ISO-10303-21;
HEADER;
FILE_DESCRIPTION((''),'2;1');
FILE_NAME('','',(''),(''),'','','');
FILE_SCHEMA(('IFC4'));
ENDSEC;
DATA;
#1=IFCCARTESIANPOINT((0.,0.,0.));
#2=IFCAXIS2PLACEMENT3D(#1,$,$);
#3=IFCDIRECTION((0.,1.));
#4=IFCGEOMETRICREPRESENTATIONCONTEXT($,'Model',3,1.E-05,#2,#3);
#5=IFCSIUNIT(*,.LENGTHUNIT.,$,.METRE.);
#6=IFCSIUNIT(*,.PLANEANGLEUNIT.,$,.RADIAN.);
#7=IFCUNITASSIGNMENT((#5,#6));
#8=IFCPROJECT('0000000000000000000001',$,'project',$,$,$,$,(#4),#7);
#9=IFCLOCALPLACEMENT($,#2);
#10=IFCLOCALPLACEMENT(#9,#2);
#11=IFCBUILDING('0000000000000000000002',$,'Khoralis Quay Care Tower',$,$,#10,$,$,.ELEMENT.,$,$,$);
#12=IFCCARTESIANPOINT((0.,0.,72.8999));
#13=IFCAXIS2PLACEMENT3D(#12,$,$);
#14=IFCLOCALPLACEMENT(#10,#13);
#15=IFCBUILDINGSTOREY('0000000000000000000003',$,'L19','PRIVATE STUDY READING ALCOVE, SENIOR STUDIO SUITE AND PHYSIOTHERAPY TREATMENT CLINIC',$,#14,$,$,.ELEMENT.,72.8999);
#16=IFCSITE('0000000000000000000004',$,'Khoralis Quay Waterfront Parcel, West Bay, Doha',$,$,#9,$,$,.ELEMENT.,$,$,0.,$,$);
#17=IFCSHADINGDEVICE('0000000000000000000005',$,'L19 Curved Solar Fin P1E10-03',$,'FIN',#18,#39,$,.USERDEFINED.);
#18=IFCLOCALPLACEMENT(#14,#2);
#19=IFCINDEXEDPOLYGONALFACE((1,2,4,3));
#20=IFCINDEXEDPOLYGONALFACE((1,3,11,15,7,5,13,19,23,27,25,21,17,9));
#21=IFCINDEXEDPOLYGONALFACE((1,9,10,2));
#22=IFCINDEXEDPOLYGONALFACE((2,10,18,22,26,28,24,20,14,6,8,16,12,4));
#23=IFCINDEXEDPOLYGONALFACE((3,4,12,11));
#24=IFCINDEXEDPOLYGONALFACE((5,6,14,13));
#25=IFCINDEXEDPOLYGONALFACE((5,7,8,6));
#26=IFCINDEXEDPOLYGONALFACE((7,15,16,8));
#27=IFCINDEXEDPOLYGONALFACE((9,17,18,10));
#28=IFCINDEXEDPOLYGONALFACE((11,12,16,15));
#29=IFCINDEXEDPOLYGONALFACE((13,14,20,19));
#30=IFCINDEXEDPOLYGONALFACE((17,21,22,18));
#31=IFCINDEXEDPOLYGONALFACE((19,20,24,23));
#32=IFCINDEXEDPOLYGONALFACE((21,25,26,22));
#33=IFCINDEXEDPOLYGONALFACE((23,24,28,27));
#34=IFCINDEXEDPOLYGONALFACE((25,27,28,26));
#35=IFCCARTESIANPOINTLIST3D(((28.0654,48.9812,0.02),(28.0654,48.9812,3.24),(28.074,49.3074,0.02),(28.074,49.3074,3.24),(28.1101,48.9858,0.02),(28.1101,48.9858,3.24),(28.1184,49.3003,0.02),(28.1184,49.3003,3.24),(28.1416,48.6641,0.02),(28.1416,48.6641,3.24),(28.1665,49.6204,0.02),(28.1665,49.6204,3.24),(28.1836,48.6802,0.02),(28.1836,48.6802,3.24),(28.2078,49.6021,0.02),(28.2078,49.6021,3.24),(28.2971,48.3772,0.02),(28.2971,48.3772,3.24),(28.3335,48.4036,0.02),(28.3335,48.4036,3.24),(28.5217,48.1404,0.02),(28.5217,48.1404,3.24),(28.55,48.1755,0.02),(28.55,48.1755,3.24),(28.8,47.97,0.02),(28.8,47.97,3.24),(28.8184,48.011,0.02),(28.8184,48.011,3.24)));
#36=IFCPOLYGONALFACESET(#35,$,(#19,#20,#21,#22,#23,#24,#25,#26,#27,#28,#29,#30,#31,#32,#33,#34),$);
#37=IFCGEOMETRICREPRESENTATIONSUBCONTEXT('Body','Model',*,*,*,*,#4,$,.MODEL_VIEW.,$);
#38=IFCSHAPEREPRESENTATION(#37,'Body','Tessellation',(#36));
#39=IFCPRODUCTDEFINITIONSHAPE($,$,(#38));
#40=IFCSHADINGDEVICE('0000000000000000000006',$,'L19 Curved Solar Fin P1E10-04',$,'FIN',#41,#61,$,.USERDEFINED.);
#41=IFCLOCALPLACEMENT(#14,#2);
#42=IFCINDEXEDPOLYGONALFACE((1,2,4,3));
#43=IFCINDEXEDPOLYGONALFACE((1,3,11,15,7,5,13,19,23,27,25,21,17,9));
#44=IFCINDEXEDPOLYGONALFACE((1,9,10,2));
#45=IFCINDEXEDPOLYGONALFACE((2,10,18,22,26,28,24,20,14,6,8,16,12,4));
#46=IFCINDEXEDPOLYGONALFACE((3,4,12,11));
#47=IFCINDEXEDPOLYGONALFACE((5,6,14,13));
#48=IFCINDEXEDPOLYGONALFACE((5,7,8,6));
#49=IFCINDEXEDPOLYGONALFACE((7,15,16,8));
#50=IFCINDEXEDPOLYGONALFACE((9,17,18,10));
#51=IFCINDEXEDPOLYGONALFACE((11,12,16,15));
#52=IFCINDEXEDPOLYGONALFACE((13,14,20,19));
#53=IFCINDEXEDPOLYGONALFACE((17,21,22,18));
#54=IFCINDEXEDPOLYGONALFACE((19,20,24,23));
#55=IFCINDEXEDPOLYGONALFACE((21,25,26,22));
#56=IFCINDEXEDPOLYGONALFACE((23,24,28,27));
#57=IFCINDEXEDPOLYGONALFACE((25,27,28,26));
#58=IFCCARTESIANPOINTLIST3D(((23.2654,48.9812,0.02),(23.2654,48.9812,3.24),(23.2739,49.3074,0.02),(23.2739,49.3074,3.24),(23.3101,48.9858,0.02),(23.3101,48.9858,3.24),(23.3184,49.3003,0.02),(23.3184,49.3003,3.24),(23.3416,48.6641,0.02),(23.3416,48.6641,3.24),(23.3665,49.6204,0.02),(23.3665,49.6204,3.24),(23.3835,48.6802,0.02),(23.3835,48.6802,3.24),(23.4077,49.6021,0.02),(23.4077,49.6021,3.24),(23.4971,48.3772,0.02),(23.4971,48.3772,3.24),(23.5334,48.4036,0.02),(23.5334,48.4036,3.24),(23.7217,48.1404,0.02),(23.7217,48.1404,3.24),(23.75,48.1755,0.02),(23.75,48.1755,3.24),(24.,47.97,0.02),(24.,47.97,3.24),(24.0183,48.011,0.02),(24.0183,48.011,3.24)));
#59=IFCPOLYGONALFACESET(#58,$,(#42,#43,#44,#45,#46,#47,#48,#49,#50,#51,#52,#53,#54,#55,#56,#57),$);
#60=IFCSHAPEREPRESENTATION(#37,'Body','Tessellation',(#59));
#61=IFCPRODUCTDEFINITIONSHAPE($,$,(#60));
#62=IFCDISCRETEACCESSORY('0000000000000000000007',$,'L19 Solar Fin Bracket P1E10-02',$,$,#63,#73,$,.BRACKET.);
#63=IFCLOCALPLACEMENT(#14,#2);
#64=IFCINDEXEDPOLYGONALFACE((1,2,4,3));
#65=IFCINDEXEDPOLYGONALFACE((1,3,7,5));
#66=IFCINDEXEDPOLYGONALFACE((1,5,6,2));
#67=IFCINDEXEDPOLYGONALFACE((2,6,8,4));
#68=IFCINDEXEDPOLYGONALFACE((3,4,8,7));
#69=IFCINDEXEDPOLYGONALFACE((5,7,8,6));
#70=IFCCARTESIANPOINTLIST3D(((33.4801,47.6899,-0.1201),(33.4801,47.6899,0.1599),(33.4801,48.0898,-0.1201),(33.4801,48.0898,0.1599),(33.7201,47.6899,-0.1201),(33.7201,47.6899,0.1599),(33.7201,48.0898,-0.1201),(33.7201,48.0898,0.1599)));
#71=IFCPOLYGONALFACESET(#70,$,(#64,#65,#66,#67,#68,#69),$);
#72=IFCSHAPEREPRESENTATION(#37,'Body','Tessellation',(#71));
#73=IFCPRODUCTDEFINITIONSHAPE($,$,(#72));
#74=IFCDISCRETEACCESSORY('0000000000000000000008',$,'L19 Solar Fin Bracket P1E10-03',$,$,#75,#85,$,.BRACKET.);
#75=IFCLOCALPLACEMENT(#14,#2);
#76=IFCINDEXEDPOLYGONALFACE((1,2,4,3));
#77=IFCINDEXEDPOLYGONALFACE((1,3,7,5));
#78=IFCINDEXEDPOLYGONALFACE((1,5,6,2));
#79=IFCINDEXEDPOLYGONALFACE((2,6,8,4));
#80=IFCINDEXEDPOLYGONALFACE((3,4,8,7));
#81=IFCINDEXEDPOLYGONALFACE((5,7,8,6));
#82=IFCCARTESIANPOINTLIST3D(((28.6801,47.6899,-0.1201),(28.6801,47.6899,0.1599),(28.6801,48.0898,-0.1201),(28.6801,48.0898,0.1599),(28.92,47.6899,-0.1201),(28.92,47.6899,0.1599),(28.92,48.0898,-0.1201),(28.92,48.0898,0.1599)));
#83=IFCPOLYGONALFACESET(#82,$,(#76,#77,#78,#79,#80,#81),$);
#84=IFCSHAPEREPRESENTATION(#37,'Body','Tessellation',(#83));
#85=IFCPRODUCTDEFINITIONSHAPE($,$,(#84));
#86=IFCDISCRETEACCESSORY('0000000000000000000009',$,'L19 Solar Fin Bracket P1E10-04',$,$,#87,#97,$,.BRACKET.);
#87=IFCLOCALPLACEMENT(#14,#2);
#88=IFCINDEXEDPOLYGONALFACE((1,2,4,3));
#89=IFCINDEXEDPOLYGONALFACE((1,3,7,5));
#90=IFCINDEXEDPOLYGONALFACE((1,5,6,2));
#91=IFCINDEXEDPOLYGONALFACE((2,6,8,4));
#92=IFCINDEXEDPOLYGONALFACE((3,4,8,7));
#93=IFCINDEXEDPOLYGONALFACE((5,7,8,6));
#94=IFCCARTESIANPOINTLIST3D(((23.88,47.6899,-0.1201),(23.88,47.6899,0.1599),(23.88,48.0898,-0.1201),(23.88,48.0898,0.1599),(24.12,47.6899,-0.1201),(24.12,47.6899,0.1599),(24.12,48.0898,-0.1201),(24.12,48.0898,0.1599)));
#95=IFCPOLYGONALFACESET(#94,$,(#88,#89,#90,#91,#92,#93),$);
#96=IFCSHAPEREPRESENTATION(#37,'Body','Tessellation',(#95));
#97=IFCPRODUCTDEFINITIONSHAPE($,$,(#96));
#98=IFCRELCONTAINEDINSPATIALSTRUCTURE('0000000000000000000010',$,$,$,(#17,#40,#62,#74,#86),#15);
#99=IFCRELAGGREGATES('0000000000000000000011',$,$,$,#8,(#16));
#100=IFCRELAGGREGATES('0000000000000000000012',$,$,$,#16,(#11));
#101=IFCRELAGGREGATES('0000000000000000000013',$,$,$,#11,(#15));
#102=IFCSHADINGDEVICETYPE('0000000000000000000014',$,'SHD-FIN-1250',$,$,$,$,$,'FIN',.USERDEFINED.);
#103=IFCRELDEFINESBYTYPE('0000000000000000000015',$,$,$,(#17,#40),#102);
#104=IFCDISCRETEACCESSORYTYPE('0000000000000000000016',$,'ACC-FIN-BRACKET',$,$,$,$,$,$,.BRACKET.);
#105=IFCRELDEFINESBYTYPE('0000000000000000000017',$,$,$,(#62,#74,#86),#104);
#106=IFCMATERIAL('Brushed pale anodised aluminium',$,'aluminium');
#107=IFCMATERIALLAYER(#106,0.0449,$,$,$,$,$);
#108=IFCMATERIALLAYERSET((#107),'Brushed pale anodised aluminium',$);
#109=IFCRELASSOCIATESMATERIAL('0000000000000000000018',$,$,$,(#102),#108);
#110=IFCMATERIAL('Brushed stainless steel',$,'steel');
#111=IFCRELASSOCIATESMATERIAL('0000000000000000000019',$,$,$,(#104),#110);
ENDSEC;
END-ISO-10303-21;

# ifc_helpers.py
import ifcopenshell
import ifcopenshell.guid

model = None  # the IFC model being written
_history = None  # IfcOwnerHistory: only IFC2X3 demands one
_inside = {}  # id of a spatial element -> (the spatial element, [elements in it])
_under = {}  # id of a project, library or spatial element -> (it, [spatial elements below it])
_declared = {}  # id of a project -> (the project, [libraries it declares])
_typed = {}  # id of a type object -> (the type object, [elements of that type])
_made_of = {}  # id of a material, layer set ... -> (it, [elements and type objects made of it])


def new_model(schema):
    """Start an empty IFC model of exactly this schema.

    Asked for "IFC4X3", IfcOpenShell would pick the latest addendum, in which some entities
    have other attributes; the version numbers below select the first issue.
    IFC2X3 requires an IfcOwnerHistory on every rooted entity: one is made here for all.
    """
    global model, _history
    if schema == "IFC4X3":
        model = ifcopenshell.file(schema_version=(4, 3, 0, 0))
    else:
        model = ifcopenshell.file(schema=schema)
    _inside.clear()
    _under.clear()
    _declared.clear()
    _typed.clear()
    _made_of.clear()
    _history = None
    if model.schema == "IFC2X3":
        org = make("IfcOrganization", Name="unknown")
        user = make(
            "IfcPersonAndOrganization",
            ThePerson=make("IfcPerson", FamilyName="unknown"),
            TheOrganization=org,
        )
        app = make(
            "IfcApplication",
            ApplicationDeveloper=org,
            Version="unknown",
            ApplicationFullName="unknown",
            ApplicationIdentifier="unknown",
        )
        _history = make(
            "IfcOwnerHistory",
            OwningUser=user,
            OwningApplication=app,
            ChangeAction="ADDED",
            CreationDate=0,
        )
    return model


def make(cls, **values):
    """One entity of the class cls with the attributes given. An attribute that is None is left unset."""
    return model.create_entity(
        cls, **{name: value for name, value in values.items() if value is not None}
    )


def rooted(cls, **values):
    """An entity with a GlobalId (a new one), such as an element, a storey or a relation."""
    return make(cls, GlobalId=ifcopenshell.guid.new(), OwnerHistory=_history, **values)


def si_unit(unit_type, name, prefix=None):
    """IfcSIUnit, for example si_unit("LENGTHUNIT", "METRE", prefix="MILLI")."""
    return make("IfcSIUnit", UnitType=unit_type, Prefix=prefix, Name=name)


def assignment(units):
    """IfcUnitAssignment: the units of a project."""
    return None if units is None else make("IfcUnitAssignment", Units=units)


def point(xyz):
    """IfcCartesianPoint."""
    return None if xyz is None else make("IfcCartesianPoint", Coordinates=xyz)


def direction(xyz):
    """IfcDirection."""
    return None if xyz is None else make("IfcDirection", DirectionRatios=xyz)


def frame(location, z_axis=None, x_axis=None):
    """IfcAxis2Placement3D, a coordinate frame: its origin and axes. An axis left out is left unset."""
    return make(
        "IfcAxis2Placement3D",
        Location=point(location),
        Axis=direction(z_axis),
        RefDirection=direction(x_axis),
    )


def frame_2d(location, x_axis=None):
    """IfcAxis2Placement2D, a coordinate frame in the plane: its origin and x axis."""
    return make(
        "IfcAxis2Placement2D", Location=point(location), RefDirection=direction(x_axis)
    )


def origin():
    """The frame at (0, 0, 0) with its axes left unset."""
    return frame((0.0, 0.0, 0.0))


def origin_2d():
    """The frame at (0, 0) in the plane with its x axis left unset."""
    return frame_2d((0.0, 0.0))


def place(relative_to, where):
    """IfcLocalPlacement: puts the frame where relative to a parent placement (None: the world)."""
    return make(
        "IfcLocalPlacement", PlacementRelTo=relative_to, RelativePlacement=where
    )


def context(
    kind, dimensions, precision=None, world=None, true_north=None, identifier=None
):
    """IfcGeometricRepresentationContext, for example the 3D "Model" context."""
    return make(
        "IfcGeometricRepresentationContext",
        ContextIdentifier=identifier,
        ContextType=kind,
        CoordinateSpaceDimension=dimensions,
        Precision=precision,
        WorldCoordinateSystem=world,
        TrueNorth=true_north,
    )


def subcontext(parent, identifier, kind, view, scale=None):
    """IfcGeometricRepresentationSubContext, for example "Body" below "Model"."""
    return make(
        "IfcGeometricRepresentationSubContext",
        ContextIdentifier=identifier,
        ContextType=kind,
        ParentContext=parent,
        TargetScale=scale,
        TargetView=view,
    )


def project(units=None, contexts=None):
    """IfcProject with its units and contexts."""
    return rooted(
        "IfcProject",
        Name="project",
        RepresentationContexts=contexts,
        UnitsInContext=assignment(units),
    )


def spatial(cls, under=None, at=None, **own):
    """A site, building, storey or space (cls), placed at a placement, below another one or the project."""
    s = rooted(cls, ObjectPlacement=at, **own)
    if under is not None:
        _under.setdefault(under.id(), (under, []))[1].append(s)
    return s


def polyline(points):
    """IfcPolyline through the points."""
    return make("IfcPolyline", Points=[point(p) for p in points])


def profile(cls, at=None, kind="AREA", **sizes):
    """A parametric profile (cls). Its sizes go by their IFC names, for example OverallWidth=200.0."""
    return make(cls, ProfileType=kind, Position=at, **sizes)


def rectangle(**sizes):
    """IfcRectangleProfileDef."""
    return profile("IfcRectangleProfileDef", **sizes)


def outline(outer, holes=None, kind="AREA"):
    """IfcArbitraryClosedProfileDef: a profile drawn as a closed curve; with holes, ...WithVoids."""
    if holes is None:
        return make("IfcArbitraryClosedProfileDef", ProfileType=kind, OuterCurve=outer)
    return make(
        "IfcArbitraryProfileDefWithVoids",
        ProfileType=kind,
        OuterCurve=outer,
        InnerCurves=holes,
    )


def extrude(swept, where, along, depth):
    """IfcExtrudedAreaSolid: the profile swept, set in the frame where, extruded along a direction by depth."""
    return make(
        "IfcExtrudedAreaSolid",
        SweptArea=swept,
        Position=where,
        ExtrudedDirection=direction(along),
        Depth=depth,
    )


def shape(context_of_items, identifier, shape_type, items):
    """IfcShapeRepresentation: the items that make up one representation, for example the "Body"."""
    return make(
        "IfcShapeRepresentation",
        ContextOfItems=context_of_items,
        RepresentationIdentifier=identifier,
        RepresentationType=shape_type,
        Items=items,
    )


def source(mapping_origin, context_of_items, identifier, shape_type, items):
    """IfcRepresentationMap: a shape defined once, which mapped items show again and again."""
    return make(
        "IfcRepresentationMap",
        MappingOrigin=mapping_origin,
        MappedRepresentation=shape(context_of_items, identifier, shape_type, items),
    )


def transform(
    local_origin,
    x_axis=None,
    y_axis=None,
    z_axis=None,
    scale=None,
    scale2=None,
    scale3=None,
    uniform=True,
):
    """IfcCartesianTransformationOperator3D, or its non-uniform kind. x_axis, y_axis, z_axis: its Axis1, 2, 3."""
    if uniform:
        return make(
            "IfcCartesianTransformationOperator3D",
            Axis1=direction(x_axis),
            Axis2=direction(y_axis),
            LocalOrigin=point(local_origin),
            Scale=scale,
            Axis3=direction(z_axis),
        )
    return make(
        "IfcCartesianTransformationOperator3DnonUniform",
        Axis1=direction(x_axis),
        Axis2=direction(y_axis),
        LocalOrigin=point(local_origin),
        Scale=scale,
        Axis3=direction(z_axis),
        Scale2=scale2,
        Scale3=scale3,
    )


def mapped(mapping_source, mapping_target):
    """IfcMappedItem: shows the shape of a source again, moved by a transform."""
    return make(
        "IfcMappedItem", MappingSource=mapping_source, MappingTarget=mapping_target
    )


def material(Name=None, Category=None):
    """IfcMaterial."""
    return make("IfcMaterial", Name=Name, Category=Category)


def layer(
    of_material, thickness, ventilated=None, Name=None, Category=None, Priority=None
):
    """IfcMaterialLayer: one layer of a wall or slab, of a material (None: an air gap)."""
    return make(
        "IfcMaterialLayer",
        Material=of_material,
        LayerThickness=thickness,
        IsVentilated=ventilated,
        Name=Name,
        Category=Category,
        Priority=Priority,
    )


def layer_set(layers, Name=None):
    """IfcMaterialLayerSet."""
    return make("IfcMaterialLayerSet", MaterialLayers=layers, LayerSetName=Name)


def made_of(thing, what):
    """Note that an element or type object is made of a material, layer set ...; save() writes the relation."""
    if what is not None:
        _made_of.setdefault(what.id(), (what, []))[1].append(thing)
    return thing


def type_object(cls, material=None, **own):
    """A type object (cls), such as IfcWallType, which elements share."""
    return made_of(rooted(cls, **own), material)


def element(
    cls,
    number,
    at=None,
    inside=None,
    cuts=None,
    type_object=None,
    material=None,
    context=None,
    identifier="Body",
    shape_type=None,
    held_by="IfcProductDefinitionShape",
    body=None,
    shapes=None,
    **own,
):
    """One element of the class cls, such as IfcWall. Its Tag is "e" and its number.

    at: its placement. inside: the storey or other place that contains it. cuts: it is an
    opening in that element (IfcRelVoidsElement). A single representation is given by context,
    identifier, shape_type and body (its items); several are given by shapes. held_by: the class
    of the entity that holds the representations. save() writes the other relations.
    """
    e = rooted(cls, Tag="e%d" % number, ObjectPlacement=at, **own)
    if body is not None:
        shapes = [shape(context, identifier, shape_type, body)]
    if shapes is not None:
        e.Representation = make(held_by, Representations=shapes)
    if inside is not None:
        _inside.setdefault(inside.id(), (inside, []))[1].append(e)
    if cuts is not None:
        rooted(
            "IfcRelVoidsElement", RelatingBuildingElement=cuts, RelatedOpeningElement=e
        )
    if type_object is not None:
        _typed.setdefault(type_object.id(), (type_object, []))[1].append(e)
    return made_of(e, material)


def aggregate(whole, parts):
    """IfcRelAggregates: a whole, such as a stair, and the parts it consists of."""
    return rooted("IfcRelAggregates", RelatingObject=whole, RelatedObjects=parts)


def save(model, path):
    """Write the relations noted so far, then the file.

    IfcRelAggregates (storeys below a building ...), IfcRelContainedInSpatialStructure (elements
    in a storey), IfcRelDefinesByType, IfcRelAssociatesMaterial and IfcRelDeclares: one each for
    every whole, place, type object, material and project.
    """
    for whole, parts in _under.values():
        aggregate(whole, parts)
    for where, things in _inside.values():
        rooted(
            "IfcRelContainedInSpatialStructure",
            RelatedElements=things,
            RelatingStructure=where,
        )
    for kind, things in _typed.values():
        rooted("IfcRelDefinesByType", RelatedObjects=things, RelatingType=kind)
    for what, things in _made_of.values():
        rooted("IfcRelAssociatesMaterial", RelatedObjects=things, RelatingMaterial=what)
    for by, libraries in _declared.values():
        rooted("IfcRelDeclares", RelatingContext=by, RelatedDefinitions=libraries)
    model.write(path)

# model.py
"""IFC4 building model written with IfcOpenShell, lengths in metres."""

from ifc_helpers import new_model, si_unit, direction, frame, origin, origin_2d, place, context, subcontext, project, spatial, polyline, rectangle, outline, extrude, source, transform, mapped, material, layer, layer_set, type_object, element, save


model = new_model("IFC4")

# Units and contexts
model_context = context("Model", 3, precision=1e-05, world=origin(), true_north=direction((0.0, 1.0)))
body_context = subcontext(model_context, "Body", "Model", "MODEL_VIEW")
ifc_project = project(units=[si_unit("LENGTHUNIT", "METRE"), si_unit("PLANEANGLEUNIT", "RADIAN")], contexts=[model_context])

# Site, building, storey
site_placement = place(None, origin())
site = spatial("IfcSite", under=ifc_project, at=site_placement, Name="Khoralis Quay Waterfront Parcel, West Bay, Doha", CompositionType="ELEMENT", RefElevation=0.0)
building_placement = place(site_placement, origin())
building = spatial("IfcBuilding", under=site, at=building_placement, Name="Khoralis Quay Care Tower", CompositionType="ELEMENT")
storey_placement = place(building_placement, frame((0.0, 0.0, 72.8999)))
storey = spatial("IfcBuildingStorey", under=building, at=storey_placement, Name="L19", Description="PRIVATE STUDY READING ALCOVE, SENIOR STUDIO SUITE AND PHYSIOTHERAPY TREATMENT CLINIC", CompositionType="ELEMENT", Elevation=72.8999)

# Shading devices
ifc_material_1 = material(Name="Brushed pale anodised aluminium", Category="aluminium")
ifc_layer_1 = layer(ifc_material_1, 0.0449)
ifc_layer_set_1 = layer_set([ifc_layer_1], Name="Brushed pale anodised aluminium")
shading_device_type = type_object("IfcShadingDeviceType", Name="SHD-FIN-1250", ElementType="FIN", PredefinedType="USERDEFINED", material=ifc_layer_set_1)
shared_shape_1 = source(origin(), body_context, "Body", "SweptSolid", [
    extrude(outline(polyline([(0.0, 0.0), (0.1704, 0.2783), (0.4072, 0.5029), (0.6941, 0.6584), (1.0112, 0.7346), (1.3374, 0.7261), (1.6504, 0.6335), (1.6321, 0.5923), (1.3303, 0.6816), (1.0159, 0.6899), (0.7102, 0.6165), (0.4336, 0.4666), (0.2056, 0.25), (0.041, -0.0183), (0.0, 0.0)])), origin(), (0.0, 0.0, 1.0), 3.22),
])
for number, where, z_axis, x_axis, name in (
    (1, (28.8, 47.97, 0.02), (0.0, 0.0, 1.0), (0.0, 1.0, 0.0), "L19 Curved Solar Fin P1E10-03"),
    (2, (24.0, 47.97, 0.02), (0.0, 0.0, 1.0), (0.0, 1.0, 0.0), "L19 Curved Solar Fin P1E10-04"),
):
    element("IfcShadingDevice", number, at=place(storey_placement, frame(where, z_axis=z_axis, x_axis=x_axis)), inside=storey, type_object=shading_device_type, Name=name, ObjectType="FIN", PredefinedType="USERDEFINED", context=body_context, shape_type="MappedRepresentation", body=[
        mapped(shared_shape_1, transform((0.0, 0.0, 0.0), scale=1.0)),
    ])

# Discrete accessories
ifc_material_2 = material(Name="Brushed stainless steel", Category="steel")
discrete_accessory_type = type_object("IfcDiscreteAccessoryType", Name="ACC-FIN-BRACKET", PredefinedType="BRACKET", material=ifc_material_2)
shared_shape_2 = source(origin(), body_context, "Body", "SweptSolid", [
    extrude(rectangle(XDim=0.3999, YDim=0.24, at=origin_2d()), origin(), (0.0, 0.0, 1.0), 0.28),
])
for number, where, z_axis, x_axis, name in (
    (3, (33.6001, 47.8899, -0.1201), (0.0, 0.0, 1.0), (0.0, 1.0, 0.0), "L19 Solar Fin Bracket P1E10-02"),
    (4, (28.8, 47.8899, -0.1201), (0.0, 0.0, 1.0), (0.0, 1.0, 0.0), "L19 Solar Fin Bracket P1E10-03"),
    (5, (24.0, 47.8899, -0.1201), (0.0, 0.0, 1.0), (0.0, 1.0, 0.0), "L19 Solar Fin Bracket P1E10-04"),
):
    element("IfcDiscreteAccessory", number, at=place(storey_placement, frame(where, z_axis=z_axis, x_axis=x_axis)), inside=storey, type_object=discrete_accessory_type, Name=name, PredefinedType="BRACKET", context=body_context, shape_type="MappedRepresentation", body=[
        mapped(shared_shape_2, transform((0.0, 0.0, 0.0), scale=1.0)),
    ])

save(model, "model.ifc")
